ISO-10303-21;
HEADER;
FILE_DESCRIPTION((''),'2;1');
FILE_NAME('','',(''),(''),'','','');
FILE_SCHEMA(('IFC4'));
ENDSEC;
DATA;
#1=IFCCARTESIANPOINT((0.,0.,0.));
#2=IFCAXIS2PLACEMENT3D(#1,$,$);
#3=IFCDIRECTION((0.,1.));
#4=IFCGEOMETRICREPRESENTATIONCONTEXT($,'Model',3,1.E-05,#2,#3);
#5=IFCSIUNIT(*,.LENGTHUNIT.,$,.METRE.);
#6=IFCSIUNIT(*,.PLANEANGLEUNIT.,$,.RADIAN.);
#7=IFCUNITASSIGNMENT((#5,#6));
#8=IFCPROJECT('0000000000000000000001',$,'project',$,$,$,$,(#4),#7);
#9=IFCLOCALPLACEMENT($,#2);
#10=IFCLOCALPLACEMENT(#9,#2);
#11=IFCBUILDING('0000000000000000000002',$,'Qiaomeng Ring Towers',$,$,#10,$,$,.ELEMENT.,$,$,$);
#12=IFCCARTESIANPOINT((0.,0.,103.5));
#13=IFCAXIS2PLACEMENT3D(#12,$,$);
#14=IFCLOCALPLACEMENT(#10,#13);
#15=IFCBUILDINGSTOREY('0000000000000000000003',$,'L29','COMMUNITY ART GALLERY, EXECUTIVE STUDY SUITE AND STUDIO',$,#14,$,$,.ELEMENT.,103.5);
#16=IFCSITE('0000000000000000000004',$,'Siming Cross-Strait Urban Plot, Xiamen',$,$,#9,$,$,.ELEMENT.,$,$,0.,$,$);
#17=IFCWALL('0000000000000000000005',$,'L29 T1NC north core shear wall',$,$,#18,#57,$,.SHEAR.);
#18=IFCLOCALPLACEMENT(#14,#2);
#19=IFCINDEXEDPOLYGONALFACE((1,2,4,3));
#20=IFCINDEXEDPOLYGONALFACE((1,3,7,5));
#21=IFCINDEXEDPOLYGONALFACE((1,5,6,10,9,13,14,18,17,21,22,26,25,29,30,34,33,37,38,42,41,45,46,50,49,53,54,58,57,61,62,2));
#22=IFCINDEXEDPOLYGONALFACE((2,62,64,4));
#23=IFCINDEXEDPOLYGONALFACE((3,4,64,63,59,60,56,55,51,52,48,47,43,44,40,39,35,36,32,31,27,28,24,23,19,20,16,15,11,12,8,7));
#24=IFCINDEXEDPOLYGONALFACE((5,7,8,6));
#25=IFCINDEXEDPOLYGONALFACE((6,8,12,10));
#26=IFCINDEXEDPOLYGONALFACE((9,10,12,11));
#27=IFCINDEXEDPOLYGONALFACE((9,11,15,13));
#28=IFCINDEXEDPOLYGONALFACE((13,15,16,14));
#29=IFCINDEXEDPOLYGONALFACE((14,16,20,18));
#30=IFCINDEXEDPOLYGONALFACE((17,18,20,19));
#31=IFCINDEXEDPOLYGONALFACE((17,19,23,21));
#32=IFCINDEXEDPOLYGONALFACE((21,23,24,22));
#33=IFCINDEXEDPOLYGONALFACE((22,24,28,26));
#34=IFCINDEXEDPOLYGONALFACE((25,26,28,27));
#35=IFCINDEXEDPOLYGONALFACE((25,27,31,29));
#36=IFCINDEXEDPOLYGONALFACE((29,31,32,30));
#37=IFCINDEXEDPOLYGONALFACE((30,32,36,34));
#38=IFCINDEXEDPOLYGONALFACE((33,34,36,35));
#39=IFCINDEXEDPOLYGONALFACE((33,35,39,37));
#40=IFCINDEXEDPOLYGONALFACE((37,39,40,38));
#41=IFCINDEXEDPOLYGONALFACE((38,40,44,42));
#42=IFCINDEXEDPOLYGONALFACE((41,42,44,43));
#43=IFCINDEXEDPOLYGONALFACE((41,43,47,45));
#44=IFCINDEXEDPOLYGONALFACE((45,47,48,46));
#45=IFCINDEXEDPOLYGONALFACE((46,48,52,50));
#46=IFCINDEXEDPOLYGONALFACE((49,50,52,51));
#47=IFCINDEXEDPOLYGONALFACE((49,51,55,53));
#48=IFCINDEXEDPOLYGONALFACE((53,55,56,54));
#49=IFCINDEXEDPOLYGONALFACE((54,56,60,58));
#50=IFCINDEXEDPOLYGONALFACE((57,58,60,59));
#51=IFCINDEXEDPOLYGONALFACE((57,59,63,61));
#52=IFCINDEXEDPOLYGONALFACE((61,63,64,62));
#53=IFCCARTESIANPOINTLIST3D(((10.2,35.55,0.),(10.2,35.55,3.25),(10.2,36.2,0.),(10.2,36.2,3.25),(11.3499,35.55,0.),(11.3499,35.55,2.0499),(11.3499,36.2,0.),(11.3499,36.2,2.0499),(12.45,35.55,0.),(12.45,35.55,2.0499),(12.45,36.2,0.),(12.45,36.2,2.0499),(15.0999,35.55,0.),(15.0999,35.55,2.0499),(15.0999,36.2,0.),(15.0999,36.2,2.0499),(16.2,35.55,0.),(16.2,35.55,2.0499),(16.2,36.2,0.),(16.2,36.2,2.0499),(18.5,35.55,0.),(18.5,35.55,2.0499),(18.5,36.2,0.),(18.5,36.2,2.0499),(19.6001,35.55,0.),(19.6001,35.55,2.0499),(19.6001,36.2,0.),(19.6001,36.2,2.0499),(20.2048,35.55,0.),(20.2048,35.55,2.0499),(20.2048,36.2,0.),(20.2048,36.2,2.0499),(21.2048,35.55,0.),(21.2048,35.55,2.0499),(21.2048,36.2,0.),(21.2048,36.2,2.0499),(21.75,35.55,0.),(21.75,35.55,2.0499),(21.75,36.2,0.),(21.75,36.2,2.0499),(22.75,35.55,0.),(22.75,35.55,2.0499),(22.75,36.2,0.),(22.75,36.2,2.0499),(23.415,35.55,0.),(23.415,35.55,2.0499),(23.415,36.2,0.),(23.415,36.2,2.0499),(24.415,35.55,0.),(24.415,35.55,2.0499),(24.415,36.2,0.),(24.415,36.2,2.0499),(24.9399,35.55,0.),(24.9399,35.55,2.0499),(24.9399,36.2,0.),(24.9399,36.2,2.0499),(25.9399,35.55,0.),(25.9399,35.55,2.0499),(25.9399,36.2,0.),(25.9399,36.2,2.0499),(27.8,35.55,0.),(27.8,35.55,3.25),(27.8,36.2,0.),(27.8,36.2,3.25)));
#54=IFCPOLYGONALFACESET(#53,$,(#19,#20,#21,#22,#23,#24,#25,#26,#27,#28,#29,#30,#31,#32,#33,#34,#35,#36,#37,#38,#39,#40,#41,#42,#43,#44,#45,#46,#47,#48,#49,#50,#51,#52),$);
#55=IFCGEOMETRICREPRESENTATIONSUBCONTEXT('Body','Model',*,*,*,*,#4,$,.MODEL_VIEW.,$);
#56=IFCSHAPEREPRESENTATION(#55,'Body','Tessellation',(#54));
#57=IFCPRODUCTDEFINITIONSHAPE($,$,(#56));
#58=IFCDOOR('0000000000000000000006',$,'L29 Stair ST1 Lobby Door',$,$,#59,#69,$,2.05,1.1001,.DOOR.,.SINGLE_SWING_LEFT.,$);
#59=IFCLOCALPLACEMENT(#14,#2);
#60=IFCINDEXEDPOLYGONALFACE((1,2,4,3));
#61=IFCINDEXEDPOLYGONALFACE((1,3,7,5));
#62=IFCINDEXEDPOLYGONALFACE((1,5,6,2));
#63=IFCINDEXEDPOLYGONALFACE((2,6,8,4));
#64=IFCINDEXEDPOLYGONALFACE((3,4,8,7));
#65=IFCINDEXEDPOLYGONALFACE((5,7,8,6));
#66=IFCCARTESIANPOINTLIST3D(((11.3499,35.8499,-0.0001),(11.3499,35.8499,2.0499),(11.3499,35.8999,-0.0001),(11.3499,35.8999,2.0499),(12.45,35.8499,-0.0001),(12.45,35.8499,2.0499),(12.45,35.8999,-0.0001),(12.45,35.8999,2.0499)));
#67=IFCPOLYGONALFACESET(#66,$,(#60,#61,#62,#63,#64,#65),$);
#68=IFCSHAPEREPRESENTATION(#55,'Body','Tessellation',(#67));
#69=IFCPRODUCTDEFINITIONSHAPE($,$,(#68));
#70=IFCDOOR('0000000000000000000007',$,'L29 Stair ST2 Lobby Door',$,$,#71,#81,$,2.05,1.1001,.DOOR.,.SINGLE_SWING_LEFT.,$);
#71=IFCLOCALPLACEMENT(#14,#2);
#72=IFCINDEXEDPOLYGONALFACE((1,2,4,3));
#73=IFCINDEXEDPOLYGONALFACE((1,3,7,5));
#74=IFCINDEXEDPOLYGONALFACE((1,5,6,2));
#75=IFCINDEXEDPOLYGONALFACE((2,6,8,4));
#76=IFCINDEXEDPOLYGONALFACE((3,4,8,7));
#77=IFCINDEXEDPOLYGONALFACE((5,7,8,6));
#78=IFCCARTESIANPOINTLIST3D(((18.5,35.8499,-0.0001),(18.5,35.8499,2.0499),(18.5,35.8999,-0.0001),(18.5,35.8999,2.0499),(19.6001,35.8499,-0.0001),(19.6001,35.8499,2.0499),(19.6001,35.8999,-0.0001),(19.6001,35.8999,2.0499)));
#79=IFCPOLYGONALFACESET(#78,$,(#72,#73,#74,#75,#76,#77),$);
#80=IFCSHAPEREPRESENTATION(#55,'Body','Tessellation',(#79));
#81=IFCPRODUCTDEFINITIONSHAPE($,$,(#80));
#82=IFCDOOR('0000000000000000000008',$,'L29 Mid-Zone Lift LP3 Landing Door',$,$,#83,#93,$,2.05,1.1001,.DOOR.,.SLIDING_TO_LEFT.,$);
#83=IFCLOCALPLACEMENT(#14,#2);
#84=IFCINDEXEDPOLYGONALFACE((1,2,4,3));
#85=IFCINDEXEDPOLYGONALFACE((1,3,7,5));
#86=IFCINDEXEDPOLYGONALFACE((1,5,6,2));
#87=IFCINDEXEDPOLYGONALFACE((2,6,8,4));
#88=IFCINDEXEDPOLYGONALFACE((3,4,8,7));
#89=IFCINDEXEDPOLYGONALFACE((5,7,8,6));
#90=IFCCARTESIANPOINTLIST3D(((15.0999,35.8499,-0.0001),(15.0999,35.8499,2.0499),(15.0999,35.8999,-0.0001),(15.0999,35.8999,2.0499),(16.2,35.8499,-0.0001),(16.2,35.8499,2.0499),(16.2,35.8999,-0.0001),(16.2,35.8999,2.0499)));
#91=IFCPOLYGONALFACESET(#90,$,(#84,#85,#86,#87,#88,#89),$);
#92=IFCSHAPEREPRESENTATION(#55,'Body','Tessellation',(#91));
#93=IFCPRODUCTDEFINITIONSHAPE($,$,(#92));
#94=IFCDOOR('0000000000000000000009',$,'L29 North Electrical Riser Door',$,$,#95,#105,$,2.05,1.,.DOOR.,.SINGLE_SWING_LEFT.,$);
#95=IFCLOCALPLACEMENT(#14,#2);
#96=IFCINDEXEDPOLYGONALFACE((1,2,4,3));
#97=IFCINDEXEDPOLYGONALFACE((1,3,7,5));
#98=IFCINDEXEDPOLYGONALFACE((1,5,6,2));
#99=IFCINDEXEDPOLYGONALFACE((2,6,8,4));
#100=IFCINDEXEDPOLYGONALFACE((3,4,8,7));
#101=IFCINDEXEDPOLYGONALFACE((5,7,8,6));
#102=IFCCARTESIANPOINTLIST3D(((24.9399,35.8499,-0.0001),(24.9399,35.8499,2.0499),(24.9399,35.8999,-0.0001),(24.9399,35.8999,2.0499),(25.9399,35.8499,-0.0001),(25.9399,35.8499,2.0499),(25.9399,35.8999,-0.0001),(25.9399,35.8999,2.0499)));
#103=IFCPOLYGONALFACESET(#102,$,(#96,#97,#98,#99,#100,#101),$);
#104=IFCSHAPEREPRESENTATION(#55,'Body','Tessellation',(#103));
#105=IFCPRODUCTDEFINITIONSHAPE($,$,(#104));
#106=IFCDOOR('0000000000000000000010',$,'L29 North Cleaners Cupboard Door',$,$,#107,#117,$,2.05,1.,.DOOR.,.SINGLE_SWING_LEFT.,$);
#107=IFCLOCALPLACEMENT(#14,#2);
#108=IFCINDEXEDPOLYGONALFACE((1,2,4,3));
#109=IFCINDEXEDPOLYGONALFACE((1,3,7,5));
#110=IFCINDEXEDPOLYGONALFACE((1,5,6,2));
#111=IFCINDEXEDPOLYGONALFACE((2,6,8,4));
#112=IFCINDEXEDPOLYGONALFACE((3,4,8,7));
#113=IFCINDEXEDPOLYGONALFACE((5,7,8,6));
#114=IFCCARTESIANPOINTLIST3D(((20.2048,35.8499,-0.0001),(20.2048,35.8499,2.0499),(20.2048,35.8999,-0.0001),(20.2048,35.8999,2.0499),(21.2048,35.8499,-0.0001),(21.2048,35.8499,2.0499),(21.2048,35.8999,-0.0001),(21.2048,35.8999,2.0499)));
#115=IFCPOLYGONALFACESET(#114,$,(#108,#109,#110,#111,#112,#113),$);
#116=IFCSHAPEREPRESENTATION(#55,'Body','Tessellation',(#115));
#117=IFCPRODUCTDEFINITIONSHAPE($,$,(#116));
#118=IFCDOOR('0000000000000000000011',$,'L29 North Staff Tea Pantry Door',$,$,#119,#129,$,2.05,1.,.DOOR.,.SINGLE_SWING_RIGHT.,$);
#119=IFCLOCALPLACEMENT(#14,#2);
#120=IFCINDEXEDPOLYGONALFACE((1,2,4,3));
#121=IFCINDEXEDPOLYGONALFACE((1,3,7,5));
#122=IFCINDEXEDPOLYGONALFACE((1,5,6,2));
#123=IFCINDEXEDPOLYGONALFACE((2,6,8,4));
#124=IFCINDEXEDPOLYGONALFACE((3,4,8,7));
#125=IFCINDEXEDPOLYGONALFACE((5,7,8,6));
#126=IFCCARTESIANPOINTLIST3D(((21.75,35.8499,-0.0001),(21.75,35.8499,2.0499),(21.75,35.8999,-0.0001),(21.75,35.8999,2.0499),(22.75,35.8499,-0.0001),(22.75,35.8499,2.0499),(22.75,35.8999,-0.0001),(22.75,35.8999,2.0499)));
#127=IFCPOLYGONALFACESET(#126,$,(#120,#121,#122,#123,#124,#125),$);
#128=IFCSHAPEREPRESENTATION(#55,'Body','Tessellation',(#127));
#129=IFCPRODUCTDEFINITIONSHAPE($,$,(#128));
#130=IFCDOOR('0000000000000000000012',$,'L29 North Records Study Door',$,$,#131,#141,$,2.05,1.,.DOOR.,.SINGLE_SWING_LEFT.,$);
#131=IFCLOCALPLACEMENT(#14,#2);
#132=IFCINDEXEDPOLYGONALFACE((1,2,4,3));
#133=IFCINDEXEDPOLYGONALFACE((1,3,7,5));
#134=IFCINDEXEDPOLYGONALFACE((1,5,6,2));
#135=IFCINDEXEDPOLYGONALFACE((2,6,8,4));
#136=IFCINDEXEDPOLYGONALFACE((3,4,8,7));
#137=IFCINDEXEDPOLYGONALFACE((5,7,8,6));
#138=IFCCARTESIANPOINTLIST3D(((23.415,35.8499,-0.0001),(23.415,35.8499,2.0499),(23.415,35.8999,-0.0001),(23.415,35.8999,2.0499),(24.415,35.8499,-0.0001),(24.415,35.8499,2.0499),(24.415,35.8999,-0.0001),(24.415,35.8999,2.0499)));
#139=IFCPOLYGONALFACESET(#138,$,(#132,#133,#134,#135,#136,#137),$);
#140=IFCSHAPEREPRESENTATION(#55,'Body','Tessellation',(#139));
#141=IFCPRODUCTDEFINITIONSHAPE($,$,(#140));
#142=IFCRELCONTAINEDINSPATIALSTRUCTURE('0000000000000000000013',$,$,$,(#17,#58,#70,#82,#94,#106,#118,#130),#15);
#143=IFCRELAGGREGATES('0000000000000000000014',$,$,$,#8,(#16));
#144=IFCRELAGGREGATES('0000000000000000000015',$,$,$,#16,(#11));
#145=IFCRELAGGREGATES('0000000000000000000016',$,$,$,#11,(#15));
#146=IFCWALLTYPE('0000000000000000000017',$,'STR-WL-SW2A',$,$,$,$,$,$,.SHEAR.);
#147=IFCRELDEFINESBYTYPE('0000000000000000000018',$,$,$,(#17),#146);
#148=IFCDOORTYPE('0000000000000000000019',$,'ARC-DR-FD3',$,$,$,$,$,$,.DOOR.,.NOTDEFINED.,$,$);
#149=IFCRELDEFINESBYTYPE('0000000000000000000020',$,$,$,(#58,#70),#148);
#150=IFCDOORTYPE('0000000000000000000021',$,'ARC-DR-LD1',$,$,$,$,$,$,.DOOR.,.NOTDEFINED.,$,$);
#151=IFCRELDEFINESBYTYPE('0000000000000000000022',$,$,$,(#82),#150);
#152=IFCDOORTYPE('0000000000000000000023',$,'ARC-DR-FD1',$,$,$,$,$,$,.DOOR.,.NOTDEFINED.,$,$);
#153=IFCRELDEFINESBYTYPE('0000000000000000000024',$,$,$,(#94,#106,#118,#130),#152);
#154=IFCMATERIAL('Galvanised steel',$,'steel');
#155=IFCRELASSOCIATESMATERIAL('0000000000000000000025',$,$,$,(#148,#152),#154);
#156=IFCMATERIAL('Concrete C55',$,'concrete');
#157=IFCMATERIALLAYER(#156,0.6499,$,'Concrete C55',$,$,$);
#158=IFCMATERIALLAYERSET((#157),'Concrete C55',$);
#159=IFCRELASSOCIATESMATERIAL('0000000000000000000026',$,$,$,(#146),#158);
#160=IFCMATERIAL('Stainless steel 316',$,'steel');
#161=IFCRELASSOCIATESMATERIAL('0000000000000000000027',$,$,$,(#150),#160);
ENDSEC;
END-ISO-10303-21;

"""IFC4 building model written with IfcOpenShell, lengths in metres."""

from ifc_helpers import new_model, si_unit, direction, frame, frame_2d, origin, place, context, subcontext, project, spatial, rectangle, extrude, source, transform, mapped, material, layer, layer_set, type_object, element, fill, save


model = new_model("IFC4")

# Units and contexts
model_context = context("Model", 3, precision=1e-05, world=origin(), true_north=direction((0.0, 1.0)))
body_context = subcontext(model_context, "Body", "Model", "MODEL_VIEW")
ifc_project = project(units=[si_unit("LENGTHUNIT", "METRE"), si_unit("PLANEANGLEUNIT", "RADIAN")], contexts=[model_context])

# Site, building, storey
site_placement = place(None, origin())
site = spatial("IfcSite", under=ifc_project, at=site_placement, Name="Siming Cross-Strait Urban Plot, Xiamen", CompositionType="ELEMENT", RefElevation=0.0)
building_placement = place(site_placement, origin())
building = spatial("IfcBuilding", under=site, at=building_placement, Name="Qiaomeng Ring Towers", CompositionType="ELEMENT")
storey_placement = place(building_placement, frame((0.0, 0.0, 103.5)))
storey = spatial("IfcBuildingStorey", under=building, at=storey_placement, Name="L29", Description="COMMUNITY ART GALLERY, EXECUTIVE STUDY SUITE AND STUDIO", CompositionType="ELEMENT", Elevation=103.5)

# Shared definitions
shared_shape_1 = source(origin(), body_context, "Body", "SweptSolid", [
    extrude(rectangle(XDim=1.0, YDim=2.05, at=frame_2d((0.5, 1.0249))), frame((0.0, 0.0249, 0.0), z_axis=(0.0, -1.0, 0.0), x_axis=(1.0, 0.0, 0.0)), (0.0, 0.0, 1.0), 0.05),
])

# Shared definitions
ifc_material_1 = material(Name="Galvanised steel", Category="steel")
door_type_1 = type_object("IfcDoorType", Name="ARC-DR-FD3", OperationType="NOTDEFINED", PredefinedType="DOOR", material=ifc_material_1)
shared_shape_2 = source(origin(), body_context, "Body", "SweptSolid", [
    extrude(rectangle(XDim=1.1001, YDim=2.05, at=frame_2d((0.55, 1.0249))), frame((0.0, 0.0249, 0.0), z_axis=(0.0, -1.0, 0.0), x_axis=(1.0, 0.0, 0.0)), (0.0, 0.0, 1.0), 0.05),
])

# Wall, openings, doors
ifc_material_2 = material(Name="Concrete C55", Category="concrete")
ifc_layer_1 = layer(ifc_material_2, 0.6499, Name="Concrete C55")
ifc_layer_set_1 = layer_set([ifc_layer_1], Name="Concrete C55")
wall_type_1 = type_object("IfcWallType", Name="STR-WL-SW2A", PredefinedType="SHEAR", material=ifc_layer_set_1)
wall_1_placement = place(storey_placement, frame((10.2, 35.875, 0.0), z_axis=(0.0, 0.0, 1.0), x_axis=(1.0, 0.0, 0.0)))
wall_1 = element("IfcWall", 1, at=wall_1_placement, inside=storey, type_object=wall_type_1, Name="L29 T1NC north core shear wall", PredefinedType="SHEAR", context=body_context, shape_type="SweptSolid", body=[
    extrude(rectangle(XDim=17.6001, YDim=0.6499, at=frame_2d((8.8, 0.0))), origin(), (0.0, 0.0, 1.0), 3.25),
])
opening_1_placement = place(wall_1_placement, frame((1.1499, 0.0, 0.0)))
opening_1 = element("IfcOpeningElement", 2, at=opening_1_placement, cuts=wall_1, PredefinedType="OPENING", context=body_context, shape_type="SweptSolid", body=[
    extrude(rectangle(XDim=1.1001, YDim=2.05, at=frame_2d((0.55, 1.0249))), frame((0.0, 0.335, 0.0), z_axis=(0.0, -1.0, 0.0), x_axis=(1.0, 0.0, 0.0)), (0.0, 0.0, 1.0), 0.6699),
])
opening_2_placement = place(wall_1_placement, frame((8.3, 0.0, 0.0)))
opening_2 = element("IfcOpeningElement", 3, at=opening_2_placement, cuts=wall_1, PredefinedType="OPENING", context=body_context, shape_type="SweptSolid", body=[
    extrude(rectangle(XDim=1.1001, YDim=2.05, at=frame_2d((0.55, 1.0249))), frame((0.0, 0.335, 0.0), z_axis=(0.0, -1.0, 0.0), x_axis=(1.0, 0.0, 0.0)), (0.0, 0.0, 1.0), 0.6699),
])
opening_3_placement = place(wall_1_placement, frame((4.8999, 0.0, 0.0)))
opening_3 = element("IfcOpeningElement", 4, at=opening_3_placement, cuts=wall_1, PredefinedType="OPENING", context=body_context, shape_type="SweptSolid", body=[
    extrude(rectangle(XDim=1.1001, YDim=2.05, at=frame_2d((0.55, 1.0249))), frame((0.0, 0.335, 0.0), z_axis=(0.0, -1.0, 0.0), x_axis=(1.0, 0.0, 0.0)), (0.0, 0.0, 1.0), 0.6699),
])
opening_4_placement = place(wall_1_placement, frame((14.74, 0.0, 0.0)))
opening_4 = element("IfcOpeningElement", 5, at=opening_4_placement, cuts=wall_1, PredefinedType="OPENING", context=body_context, shape_type="SweptSolid", body=[
    extrude(rectangle(XDim=1.0, YDim=2.05, at=frame_2d((0.5, 1.0249))), frame((0.0, 0.335, 0.0), z_axis=(0.0, -1.0, 0.0), x_axis=(1.0, 0.0, 0.0)), (0.0, 0.0, 1.0), 0.6699),
])
opening_5_placement = place(wall_1_placement, frame((10.0049, 0.0, 0.0)))
opening_5 = element("IfcOpeningElement", 6, at=opening_5_placement, cuts=wall_1, PredefinedType="OPENING", context=body_context, shape_type="SweptSolid", body=[
    extrude(rectangle(XDim=1.0, YDim=2.05, at=frame_2d((0.5, 1.0249))), frame((0.0, 0.335, 0.0), z_axis=(0.0, -1.0, 0.0), x_axis=(1.0, 0.0, 0.0)), (0.0, 0.0, 1.0), 0.6699),
])
opening_6_placement = place(wall_1_placement, frame((11.55, 0.0, 0.0)))
opening_6 = element("IfcOpeningElement", 7, at=opening_6_placement, cuts=wall_1, PredefinedType="OPENING", context=body_context, shape_type="SweptSolid", body=[
    extrude(rectangle(XDim=1.0, YDim=2.05, at=frame_2d((0.5, 1.0249))), frame((0.0, 0.335, 0.0), z_axis=(0.0, -1.0, 0.0), x_axis=(1.0, 0.0, 0.0)), (0.0, 0.0, 1.0), 0.6699),
])
opening_7_placement = place(wall_1_placement, frame((13.2151, 0.0, 0.0)))
opening_7 = element("IfcOpeningElement", 8, at=opening_7_placement, cuts=wall_1, PredefinedType="OPENING", context=body_context, shape_type="SweptSolid", body=[
    extrude(rectangle(XDim=1.0, YDim=2.05, at=frame_2d((0.5, 1.0249))), frame((0.0, 0.335, 0.0), z_axis=(0.0, -1.0, 0.0), x_axis=(1.0, 0.0, 0.0)), (0.0, 0.0, 1.0), 0.6699),
])
door_1_placement = place(opening_1_placement, origin())
door_1 = element("IfcDoor", 9, at=door_1_placement, inside=storey, type_object=door_type_1, Name="L29 Stair ST1 Lobby Door", OperationType="SINGLE_SWING_LEFT", OverallHeight=2.05, OverallWidth=1.1001, PredefinedType="DOOR", context=body_context, shape_type="MappedRepresentation", body=[
    mapped(shared_shape_2, transform((0.0, 0.0, 0.0), x_axis=(1.0, 0.0, 0.0), y_axis=(0.0, 1.0, 0.0), z_axis=(0.0, 0.0, 1.0), scale=1.0)),
])
fill(opening_1, door_1)
door_2_placement = place(opening_2_placement, origin())
door_2 = element("IfcDoor", 10, at=door_2_placement, inside=storey, type_object=door_type_1, Name="L29 Stair ST2 Lobby Door", OperationType="SINGLE_SWING_LEFT", OverallHeight=2.05, OverallWidth=1.1001, PredefinedType="DOOR", context=body_context, shape_type="MappedRepresentation", body=[
    mapped(shared_shape_2, transform((0.0, 0.0, 0.0), x_axis=(1.0, 0.0, 0.0), y_axis=(0.0, 1.0, 0.0), z_axis=(0.0, 0.0, 1.0), scale=1.0)),
])
fill(opening_2, door_2)
ifc_material_3 = material(Name="Stainless steel 316", Category="steel")
door_type_2 = type_object("IfcDoorType", Name="ARC-DR-LD1", OperationType="NOTDEFINED", PredefinedType="DOOR", material=ifc_material_3)
door_3_placement = place(opening_3_placement, origin())
door_3 = element("IfcDoor", 11, at=door_3_placement, inside=storey, type_object=door_type_2, Name="L29 Mid-Zone Lift LP3 Landing Door", OperationType="SLIDING_TO_LEFT", OverallHeight=2.05, OverallWidth=1.1001, PredefinedType="DOOR", context=body_context, shape_type="MappedRepresentation", body=[
    mapped(shared_shape_2, transform((0.0, 0.0, 0.0), x_axis=(1.0, 0.0, 0.0), y_axis=(0.0, 1.0, 0.0), z_axis=(0.0, 0.0, 1.0), scale=1.0)),
])
fill(opening_3, door_3)
door_type_3 = type_object("IfcDoorType", Name="ARC-DR-FD1", OperationType="NOTDEFINED", PredefinedType="DOOR", material=ifc_material_1)
door_4_placement = place(opening_4_placement, origin())
door_4 = element("IfcDoor", 12, at=door_4_placement, inside=storey, type_object=door_type_3, Name="L29 North Electrical Riser Door", OperationType="SINGLE_SWING_LEFT", OverallHeight=2.05, OverallWidth=1.0, PredefinedType="DOOR", context=body_context, shape_type="MappedRepresentation", body=[
    mapped(shared_shape_1, transform((0.0, 0.0, 0.0), x_axis=(1.0, 0.0, 0.0), y_axis=(0.0, 1.0, 0.0), z_axis=(0.0, 0.0, 1.0), scale=1.0)),
])
fill(opening_4, door_4)
door_5_placement = place(opening_5_placement, origin())
door_5 = element("IfcDoor", 13, at=door_5_placement, inside=storey, type_object=door_type_3, Name="L29 North Cleaners Cupboard Door", OperationType="SINGLE_SWING_LEFT", OverallHeight=2.05, OverallWidth=1.0, PredefinedType="DOOR", context=body_context, shape_type="MappedRepresentation", body=[
    mapped(shared_shape_1, transform((0.0, 0.0, 0.0), x_axis=(1.0, 0.0, 0.0), y_axis=(0.0, 1.0, 0.0), z_axis=(0.0, 0.0, 1.0), scale=1.0)),
])
fill(opening_5, door_5)
door_6_placement = place(opening_6_placement, origin())
door_6 = element("IfcDoor", 14, at=door_6_placement, inside=storey, type_object=door_type_3, Name="L29 North Staff Tea Pantry Door", OperationType="SINGLE_SWING_RIGHT", OverallHeight=2.05, OverallWidth=1.0, PredefinedType="DOOR", context=body_context, shape_type="MappedRepresentation", body=[
    mapped(shared_shape_1, transform((0.0, 0.0, 0.0), x_axis=(1.0, 0.0, 0.0), y_axis=(0.0, 1.0, 0.0), z_axis=(0.0, 0.0, 1.0), scale=1.0)),
])
fill(opening_6, door_6)
door_7_placement = place(opening_7_placement, origin())
door_7 = element("IfcDoor", 15, at=door_7_placement, inside=storey, type_object=door_type_3, Name="L29 North Records Study Door", OperationType="SINGLE_SWING_LEFT", OverallHeight=2.05, OverallWidth=1.0, PredefinedType="DOOR", context=body_context, shape_type="MappedRepresentation", body=[
    mapped(shared_shape_1, transform((0.0, 0.0, 0.0), x_axis=(1.0, 0.0, 0.0), y_axis=(0.0, 1.0, 0.0), z_axis=(0.0, 0.0, 1.0), scale=1.0)),
])
fill(opening_7, door_7)

save(model, "model.ifc")
